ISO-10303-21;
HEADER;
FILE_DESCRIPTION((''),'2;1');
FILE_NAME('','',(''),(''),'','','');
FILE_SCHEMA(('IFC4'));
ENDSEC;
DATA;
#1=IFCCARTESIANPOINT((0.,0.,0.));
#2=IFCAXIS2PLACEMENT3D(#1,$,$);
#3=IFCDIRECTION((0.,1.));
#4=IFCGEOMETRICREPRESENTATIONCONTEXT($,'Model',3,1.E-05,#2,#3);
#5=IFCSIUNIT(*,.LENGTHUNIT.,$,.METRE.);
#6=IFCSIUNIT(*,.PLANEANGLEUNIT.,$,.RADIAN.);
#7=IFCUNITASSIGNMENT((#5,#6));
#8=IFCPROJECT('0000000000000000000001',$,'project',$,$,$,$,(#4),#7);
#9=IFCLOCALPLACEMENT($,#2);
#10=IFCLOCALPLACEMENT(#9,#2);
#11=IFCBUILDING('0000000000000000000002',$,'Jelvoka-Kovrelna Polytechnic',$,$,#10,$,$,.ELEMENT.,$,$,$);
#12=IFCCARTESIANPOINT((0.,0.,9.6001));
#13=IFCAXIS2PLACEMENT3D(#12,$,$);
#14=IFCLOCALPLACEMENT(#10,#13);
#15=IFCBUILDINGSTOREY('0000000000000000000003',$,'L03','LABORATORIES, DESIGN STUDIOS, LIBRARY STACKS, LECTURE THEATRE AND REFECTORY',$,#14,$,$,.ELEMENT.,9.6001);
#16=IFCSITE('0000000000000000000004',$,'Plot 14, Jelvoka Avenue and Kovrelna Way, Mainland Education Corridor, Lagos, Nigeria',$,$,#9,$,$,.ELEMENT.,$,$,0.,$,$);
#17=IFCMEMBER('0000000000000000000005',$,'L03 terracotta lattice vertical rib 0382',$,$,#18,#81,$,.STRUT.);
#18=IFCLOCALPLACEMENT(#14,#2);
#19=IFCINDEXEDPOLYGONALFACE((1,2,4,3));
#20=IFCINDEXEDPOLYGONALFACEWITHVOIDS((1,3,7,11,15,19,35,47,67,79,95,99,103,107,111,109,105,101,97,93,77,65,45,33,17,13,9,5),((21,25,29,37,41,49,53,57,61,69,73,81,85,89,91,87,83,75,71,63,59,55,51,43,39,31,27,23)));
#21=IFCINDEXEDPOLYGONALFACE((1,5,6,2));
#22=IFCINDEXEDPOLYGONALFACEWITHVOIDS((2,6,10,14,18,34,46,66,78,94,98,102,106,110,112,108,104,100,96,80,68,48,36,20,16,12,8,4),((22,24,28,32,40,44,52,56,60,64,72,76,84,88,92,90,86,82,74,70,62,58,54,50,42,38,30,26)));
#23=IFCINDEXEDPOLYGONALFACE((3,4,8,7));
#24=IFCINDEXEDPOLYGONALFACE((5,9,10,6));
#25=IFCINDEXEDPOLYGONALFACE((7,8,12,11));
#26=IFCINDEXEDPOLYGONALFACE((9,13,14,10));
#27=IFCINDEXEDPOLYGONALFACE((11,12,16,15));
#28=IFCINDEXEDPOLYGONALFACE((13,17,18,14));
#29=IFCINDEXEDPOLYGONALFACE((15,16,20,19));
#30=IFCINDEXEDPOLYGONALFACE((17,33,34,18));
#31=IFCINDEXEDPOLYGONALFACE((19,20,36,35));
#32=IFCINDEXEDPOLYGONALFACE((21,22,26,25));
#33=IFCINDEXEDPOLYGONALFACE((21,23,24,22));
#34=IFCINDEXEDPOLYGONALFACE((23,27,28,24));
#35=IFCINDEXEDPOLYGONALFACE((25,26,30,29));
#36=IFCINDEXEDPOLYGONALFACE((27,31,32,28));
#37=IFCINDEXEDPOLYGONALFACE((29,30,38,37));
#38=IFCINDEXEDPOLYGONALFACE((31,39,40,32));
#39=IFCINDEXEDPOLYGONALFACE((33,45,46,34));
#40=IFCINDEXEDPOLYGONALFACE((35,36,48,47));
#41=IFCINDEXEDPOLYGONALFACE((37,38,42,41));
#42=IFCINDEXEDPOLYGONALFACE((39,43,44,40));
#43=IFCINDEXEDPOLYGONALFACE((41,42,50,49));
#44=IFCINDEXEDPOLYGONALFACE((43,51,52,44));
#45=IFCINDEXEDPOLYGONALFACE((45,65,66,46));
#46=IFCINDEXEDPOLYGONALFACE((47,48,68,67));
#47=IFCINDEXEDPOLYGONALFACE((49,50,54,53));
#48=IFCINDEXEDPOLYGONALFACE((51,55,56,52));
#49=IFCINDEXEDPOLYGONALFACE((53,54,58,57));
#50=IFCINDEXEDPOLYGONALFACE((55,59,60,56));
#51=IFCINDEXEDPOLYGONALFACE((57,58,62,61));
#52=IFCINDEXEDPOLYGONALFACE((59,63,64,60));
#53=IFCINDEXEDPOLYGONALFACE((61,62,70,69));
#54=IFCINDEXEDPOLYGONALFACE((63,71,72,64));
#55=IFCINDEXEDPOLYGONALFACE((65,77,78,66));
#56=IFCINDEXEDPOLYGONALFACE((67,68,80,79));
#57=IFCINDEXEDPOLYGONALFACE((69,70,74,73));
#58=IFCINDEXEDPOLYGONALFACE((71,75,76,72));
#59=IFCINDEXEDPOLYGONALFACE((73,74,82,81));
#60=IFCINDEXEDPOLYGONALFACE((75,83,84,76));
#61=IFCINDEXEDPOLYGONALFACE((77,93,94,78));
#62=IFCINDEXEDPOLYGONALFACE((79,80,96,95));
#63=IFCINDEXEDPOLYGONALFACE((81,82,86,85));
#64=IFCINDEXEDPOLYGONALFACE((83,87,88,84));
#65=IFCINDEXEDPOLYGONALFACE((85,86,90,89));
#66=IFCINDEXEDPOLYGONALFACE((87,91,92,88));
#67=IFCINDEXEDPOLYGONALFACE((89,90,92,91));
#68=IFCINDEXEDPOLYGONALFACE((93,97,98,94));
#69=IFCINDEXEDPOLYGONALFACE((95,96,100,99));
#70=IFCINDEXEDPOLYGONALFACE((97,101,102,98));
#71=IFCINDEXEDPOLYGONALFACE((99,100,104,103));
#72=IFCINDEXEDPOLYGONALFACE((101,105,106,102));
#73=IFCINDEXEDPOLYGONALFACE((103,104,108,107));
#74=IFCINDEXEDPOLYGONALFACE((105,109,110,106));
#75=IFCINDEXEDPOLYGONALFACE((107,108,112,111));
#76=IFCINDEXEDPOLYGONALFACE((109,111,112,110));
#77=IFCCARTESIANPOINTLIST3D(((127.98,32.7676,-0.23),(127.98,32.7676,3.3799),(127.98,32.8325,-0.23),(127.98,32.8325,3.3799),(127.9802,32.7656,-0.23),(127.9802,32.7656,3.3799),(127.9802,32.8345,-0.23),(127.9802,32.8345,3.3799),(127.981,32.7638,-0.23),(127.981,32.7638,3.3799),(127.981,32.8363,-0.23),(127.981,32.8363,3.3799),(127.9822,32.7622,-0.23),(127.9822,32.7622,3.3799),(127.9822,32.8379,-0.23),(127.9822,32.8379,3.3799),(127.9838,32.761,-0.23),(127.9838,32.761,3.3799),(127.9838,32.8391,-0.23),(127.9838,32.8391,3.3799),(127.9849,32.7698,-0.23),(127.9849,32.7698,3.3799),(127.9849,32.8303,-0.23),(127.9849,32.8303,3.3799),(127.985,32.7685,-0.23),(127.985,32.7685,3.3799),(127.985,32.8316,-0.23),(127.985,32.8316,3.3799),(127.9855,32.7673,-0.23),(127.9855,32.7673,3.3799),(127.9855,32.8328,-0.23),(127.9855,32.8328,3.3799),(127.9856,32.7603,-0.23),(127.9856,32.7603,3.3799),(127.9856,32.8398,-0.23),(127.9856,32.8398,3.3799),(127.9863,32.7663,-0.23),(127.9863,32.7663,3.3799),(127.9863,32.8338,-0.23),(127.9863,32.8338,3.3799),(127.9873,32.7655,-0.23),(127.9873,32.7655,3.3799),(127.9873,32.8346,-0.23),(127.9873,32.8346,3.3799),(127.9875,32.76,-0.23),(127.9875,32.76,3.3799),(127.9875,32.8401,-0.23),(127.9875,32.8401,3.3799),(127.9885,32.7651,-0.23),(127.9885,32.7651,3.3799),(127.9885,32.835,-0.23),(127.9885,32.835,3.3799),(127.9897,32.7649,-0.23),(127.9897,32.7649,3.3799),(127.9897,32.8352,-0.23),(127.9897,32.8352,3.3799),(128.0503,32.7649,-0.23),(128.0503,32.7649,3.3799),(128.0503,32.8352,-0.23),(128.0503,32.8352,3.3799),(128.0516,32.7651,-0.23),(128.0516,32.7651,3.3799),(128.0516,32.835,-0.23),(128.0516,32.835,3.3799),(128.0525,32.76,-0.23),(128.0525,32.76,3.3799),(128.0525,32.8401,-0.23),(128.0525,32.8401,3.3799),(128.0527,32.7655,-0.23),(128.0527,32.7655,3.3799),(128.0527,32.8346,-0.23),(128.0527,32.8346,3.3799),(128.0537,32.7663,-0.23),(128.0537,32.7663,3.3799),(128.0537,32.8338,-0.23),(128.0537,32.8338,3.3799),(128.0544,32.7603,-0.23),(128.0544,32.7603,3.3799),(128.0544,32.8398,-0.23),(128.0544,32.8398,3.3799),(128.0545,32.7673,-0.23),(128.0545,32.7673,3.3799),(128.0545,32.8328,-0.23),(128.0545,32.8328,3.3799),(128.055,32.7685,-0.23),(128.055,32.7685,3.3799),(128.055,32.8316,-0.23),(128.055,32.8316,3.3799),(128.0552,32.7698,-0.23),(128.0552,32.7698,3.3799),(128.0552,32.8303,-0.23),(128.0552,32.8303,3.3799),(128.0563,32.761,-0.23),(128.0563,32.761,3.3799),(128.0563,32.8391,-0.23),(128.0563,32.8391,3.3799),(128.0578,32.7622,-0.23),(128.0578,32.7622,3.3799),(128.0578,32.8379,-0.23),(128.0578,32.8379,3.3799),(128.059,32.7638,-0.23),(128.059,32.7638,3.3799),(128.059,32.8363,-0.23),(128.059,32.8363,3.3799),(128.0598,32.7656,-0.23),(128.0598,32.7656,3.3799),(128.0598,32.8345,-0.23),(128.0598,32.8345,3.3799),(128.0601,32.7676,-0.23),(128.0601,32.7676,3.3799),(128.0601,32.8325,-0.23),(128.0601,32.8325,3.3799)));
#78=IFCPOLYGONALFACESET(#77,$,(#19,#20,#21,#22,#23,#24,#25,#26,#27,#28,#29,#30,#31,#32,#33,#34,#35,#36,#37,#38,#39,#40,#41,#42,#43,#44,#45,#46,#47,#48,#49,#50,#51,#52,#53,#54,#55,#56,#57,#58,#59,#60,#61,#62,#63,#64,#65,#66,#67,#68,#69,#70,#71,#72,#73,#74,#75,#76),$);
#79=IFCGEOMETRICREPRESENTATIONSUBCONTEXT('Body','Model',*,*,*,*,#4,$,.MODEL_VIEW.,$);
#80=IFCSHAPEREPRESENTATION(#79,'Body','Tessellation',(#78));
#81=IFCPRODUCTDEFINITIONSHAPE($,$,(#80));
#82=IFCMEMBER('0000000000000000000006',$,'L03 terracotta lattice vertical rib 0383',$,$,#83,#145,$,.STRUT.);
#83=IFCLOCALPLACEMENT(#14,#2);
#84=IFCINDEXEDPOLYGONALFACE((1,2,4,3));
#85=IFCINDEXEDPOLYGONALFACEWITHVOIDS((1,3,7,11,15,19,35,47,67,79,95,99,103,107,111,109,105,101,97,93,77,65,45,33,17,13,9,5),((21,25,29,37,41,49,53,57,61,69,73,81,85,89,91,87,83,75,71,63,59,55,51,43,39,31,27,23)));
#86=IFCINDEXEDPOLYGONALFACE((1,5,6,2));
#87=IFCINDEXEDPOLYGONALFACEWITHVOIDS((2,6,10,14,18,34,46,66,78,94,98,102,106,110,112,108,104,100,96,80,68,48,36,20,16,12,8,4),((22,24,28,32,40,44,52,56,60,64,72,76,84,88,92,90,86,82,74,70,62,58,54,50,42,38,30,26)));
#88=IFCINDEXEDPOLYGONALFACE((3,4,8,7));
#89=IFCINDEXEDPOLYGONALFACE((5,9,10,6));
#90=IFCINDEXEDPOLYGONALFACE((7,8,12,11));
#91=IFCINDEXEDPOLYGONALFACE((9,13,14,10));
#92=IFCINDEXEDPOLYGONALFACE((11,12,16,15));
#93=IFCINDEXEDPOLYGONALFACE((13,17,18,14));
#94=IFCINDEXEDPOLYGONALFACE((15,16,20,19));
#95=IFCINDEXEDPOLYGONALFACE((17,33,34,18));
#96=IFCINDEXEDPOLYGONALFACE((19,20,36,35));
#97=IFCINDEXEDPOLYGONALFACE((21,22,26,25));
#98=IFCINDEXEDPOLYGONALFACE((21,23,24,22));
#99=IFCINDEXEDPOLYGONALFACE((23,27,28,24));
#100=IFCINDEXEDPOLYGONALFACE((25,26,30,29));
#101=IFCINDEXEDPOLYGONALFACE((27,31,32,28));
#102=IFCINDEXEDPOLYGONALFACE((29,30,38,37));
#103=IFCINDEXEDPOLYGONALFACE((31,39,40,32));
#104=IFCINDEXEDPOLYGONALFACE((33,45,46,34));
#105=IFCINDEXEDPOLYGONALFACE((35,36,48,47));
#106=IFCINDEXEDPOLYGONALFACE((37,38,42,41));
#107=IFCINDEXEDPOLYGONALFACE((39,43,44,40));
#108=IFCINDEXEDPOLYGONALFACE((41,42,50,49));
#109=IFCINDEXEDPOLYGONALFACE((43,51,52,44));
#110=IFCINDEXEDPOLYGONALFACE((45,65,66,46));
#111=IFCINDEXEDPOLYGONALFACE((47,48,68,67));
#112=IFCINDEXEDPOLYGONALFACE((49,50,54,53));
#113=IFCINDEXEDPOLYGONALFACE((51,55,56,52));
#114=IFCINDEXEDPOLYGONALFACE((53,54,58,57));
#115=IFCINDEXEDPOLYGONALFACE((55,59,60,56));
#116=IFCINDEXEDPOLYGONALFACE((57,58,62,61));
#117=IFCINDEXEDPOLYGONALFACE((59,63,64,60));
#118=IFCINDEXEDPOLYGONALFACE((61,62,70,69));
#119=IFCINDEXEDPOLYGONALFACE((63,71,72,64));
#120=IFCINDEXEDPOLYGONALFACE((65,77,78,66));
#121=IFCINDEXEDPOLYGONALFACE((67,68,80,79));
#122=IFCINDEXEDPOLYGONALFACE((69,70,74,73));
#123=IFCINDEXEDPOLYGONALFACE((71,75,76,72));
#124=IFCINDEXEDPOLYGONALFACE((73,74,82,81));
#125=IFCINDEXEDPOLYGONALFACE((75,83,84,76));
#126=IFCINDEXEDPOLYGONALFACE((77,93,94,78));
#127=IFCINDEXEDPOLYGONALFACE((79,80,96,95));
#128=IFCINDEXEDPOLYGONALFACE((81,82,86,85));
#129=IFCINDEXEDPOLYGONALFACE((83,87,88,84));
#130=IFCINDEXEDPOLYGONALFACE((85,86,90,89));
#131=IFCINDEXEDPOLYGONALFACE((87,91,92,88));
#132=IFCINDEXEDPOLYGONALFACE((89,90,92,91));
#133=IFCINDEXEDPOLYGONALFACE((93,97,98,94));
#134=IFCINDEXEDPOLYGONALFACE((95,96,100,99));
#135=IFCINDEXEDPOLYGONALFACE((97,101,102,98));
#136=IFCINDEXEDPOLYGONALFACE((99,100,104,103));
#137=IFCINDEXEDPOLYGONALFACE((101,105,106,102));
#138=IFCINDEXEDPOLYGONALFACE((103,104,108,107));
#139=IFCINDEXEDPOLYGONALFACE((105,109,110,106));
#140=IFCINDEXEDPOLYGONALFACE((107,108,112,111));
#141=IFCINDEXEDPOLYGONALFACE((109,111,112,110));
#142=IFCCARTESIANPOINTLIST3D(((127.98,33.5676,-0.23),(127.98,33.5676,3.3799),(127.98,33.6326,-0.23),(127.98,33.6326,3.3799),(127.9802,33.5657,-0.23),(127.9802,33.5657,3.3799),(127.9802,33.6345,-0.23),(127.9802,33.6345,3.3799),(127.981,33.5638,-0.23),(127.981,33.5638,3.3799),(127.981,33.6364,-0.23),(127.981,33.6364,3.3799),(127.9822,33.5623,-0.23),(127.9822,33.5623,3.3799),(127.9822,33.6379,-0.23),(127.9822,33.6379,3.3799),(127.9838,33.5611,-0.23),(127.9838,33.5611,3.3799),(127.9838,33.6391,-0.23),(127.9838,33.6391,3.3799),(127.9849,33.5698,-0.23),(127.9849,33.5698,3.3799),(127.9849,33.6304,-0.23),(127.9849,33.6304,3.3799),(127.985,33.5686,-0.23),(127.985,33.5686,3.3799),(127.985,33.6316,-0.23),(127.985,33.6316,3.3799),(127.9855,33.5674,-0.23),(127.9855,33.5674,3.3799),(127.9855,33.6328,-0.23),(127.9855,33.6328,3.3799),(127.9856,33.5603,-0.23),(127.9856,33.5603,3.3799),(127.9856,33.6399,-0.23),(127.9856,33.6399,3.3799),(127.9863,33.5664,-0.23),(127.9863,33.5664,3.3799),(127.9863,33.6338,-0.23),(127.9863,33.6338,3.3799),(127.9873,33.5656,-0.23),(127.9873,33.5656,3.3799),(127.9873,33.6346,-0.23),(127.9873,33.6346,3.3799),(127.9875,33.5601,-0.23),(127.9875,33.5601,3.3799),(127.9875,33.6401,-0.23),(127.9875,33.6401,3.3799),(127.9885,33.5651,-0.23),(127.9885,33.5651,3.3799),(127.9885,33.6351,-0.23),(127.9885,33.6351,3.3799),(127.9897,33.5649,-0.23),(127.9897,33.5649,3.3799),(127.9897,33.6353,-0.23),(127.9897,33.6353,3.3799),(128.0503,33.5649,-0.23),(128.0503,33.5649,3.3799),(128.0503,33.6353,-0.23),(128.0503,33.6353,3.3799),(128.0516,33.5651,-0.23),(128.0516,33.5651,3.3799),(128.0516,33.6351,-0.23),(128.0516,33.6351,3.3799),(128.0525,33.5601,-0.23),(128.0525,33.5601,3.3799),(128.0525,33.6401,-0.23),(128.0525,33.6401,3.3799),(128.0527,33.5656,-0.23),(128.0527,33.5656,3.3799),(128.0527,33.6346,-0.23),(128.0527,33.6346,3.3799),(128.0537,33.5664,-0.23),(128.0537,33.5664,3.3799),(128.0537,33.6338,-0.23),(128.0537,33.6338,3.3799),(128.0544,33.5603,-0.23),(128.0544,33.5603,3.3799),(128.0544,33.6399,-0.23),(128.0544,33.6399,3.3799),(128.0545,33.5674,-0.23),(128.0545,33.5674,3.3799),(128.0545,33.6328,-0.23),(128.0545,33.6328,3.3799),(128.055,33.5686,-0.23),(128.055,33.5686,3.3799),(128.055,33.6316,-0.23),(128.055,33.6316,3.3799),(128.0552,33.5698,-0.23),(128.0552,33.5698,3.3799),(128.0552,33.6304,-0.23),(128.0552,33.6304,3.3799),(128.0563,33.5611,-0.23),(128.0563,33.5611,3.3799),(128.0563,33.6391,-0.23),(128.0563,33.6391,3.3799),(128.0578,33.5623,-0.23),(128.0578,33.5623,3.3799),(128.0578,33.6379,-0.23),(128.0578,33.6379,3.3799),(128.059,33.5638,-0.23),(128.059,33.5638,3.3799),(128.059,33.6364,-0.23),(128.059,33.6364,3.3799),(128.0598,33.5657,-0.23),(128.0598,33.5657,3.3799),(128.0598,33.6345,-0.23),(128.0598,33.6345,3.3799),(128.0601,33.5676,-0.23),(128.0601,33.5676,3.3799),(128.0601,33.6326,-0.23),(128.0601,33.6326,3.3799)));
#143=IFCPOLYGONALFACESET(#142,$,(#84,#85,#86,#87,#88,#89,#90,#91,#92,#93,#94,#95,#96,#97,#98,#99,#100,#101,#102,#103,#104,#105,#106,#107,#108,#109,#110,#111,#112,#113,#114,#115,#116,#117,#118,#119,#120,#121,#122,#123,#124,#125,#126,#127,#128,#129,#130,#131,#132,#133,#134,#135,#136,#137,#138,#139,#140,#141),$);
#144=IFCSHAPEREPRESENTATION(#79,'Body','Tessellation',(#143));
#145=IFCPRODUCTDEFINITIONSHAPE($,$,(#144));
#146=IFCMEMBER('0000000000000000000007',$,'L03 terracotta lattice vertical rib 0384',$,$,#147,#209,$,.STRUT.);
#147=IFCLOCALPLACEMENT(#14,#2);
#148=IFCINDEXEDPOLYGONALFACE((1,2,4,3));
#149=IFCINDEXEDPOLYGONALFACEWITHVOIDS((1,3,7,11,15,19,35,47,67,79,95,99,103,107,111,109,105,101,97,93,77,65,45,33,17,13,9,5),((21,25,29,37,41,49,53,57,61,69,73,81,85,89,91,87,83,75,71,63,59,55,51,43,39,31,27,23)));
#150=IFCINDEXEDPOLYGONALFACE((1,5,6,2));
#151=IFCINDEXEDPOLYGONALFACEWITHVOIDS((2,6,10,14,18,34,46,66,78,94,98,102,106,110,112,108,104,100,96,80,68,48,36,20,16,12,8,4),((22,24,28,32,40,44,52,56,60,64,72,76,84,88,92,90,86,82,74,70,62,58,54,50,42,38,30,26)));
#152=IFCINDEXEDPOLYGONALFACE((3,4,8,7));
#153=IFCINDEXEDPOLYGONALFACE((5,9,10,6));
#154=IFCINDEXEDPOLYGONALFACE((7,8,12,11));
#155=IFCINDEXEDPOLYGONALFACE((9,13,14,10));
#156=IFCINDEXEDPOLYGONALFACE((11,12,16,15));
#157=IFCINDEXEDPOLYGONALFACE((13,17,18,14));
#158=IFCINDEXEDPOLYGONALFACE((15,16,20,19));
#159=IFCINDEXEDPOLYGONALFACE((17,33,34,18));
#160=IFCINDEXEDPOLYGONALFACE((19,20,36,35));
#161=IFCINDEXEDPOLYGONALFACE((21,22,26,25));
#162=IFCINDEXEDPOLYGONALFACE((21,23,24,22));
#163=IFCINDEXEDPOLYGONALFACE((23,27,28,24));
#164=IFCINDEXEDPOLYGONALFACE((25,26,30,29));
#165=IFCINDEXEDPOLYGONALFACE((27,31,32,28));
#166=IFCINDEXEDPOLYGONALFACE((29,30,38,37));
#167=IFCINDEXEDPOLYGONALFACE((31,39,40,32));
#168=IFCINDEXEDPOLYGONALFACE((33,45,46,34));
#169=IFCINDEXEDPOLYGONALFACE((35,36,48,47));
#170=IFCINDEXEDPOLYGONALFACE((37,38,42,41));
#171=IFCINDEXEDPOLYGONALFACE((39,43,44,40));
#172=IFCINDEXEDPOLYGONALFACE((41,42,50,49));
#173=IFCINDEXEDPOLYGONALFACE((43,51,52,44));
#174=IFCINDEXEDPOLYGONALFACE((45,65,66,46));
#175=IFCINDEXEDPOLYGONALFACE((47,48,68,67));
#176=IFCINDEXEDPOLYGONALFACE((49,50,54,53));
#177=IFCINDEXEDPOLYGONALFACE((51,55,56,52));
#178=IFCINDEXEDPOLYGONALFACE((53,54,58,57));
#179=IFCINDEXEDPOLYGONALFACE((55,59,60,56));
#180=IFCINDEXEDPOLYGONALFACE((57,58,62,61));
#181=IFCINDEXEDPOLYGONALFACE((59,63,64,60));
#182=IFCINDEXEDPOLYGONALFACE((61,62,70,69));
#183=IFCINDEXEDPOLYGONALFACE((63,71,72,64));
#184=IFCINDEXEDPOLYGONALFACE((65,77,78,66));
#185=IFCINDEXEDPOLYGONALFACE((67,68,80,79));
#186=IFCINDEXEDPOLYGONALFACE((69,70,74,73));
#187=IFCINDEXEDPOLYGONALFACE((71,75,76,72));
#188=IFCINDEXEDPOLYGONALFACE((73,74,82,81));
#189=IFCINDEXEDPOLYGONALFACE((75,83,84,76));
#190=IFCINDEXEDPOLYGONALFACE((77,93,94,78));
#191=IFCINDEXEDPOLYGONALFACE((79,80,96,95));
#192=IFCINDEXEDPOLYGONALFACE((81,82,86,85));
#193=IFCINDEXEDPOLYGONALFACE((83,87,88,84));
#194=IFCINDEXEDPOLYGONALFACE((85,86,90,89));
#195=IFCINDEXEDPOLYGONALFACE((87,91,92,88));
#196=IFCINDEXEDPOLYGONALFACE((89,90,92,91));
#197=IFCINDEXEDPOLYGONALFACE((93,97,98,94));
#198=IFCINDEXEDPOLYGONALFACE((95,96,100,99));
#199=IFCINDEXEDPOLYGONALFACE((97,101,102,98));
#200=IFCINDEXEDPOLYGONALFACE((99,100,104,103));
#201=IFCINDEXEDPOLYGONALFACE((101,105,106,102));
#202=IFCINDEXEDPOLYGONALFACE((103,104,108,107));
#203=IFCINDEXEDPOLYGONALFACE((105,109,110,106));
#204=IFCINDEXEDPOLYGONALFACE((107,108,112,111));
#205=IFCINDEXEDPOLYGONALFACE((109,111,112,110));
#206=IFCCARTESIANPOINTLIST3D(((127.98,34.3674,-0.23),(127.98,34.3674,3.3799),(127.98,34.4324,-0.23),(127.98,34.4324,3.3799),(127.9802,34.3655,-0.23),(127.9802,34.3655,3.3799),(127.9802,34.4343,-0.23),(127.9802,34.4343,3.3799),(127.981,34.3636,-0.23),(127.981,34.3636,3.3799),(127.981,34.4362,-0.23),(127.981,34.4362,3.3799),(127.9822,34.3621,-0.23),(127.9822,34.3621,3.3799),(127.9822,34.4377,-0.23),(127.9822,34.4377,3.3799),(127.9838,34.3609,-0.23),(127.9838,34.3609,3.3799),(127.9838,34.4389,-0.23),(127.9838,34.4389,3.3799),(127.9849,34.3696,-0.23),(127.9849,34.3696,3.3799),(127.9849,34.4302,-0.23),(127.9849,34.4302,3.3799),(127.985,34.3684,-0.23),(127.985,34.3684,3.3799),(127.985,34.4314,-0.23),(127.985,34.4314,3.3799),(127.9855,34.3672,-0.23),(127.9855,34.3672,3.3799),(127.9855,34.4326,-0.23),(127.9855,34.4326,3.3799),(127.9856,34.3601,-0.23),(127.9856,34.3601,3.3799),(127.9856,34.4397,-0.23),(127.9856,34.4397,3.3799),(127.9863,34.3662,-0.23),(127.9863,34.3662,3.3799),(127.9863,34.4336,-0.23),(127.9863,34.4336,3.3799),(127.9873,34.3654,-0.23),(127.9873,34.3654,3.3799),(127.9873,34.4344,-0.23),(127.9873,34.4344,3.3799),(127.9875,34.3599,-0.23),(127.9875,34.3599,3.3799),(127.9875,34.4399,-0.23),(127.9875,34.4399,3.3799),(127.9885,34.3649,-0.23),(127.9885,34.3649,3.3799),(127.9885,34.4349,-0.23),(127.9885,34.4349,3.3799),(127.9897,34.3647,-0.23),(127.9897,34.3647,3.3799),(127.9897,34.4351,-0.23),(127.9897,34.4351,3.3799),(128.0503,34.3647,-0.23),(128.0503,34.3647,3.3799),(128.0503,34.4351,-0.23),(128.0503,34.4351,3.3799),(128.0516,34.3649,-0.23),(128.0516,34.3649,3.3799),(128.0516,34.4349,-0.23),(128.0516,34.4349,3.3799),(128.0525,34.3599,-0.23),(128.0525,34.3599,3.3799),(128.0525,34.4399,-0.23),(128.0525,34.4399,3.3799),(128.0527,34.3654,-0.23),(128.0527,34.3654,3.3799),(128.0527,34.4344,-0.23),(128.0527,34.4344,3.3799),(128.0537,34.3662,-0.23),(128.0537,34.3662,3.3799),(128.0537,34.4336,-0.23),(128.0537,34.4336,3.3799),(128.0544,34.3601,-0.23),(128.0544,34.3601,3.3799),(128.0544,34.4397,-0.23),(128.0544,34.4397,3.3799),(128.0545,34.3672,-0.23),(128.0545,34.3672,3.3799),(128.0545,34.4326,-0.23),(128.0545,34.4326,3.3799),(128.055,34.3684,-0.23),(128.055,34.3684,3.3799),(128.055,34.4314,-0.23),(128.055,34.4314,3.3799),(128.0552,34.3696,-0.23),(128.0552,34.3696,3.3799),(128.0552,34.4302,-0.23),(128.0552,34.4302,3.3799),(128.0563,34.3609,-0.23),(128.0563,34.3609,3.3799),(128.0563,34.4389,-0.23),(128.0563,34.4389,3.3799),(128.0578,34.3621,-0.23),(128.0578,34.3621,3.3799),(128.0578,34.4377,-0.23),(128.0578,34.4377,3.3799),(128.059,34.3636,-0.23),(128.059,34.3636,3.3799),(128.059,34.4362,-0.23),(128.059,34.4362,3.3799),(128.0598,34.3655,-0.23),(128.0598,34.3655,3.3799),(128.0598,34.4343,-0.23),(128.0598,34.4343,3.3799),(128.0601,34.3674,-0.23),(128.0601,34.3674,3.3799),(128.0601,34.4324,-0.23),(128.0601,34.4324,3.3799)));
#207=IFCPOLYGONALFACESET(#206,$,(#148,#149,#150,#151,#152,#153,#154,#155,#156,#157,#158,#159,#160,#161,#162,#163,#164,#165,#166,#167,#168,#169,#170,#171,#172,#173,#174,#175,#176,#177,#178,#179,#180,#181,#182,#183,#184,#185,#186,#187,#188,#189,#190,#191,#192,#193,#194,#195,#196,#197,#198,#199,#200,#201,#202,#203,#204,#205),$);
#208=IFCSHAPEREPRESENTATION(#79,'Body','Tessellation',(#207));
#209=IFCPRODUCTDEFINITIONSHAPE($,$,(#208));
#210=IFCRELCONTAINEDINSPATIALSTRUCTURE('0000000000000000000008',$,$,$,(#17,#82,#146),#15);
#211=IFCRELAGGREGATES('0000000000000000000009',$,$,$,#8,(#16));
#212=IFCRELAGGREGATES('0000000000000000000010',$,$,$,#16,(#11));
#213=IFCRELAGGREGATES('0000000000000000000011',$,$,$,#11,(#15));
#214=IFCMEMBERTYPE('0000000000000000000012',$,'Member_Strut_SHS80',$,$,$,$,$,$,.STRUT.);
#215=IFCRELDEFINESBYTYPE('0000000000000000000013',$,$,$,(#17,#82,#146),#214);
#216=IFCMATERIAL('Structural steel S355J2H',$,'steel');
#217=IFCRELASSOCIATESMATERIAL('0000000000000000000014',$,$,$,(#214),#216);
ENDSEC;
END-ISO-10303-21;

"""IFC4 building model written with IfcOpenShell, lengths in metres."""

from ifc_helpers import new_model, si_unit, direction, frame, origin, origin_2d, place, context, subcontext, project, spatial, hollow_rectangle, extrude, material, material_profile, profile_set, type_object, element, save


model = new_model("IFC4")

# Units and contexts
model_context = context("Model", 3, precision=1e-05, world=origin(), true_north=direction((0.0, 1.0)))
body_context = subcontext(model_context, "Body", "Model", "MODEL_VIEW")
ifc_project = project(units=[si_unit("LENGTHUNIT", "METRE"), si_unit("PLANEANGLEUNIT", "RADIAN")], contexts=[model_context])

# Site, building, storey
site_placement = place(None, origin())
site = spatial("IfcSite", under=ifc_project, at=site_placement, Name="Plot 14, Jelvoka Avenue and Kovrelna Way, Mainland Education Corridor, Lagos, Nigeria", CompositionType="ELEMENT", RefElevation=0.0)
building_placement = place(site_placement, origin())
building = spatial("IfcBuilding", under=site, at=building_placement, Name="Jelvoka-Kovrelna Polytechnic", CompositionType="ELEMENT")
storey_placement = place(building_placement, frame((0.0, 0.0, 9.6001)))
storey = spatial("IfcBuildingStorey", under=building, at=storey_placement, Name="L03", Description="LABORATORIES, DESIGN STUDIOS, LIBRARY STACKS, LECTURE THEATRE AND REFECTORY", CompositionType="ELEMENT", Elevation=9.6001)

# Members
ifc_material_1 = material(Name="Structural steel S355J2H", Category="steel")
ifc_material_profile_1 = material_profile(ifc_material_1, hollow_rectangle(XDim=0.0801, YDim=0.0801, WallThickness=0.0049, InnerFilletRadius=0.0049, OuterFilletRadius=0.0076, at=origin_2d()), Name="80x80x5.0 SHS")
ifc_profile_set_1 = profile_set([ifc_material_profile_1], Name="Structural steel S355J2H")
member_type_1 = type_object("IfcMemberType", Name="Member_Strut_SHS80", PredefinedType="STRUT", material=ifc_profile_set_1)
for number, where, z_axis, x_axis, name in (
    (1, (128.02, 32.8, -0.23), (0.0, 0.0, 1.0), (1.0, 0.0, 0.0), "L03 terracotta lattice vertical rib 0382"),
    (2, (128.02, 33.6001, -0.23), (0.0, 0.0, 1.0), (1.0, 0.0, 0.0), "L03 terracotta lattice vertical rib 0383"),
    (3, (128.02, 34.3999, -0.23), (0.0, 0.0, 1.0), (1.0, 0.0, 0.0), "L03 terracotta lattice vertical rib 0384"),
):
    element("IfcMember", number, at=place(storey_placement, frame(where, z_axis=z_axis, x_axis=x_axis)), inside=storey, type_object=member_type_1, Name=name, PredefinedType="STRUT", context=body_context, shape_type="SweptSolid", body=[
        extrude(hollow_rectangle(XDim=0.0801, YDim=0.0801, WallThickness=0.0049, InnerFilletRadius=0.0049, OuterFilletRadius=0.0076, at=origin_2d()), origin(), (0.0, 0.0, 1.0), 3.6099),
    ])

save(model, "model.ifc")
